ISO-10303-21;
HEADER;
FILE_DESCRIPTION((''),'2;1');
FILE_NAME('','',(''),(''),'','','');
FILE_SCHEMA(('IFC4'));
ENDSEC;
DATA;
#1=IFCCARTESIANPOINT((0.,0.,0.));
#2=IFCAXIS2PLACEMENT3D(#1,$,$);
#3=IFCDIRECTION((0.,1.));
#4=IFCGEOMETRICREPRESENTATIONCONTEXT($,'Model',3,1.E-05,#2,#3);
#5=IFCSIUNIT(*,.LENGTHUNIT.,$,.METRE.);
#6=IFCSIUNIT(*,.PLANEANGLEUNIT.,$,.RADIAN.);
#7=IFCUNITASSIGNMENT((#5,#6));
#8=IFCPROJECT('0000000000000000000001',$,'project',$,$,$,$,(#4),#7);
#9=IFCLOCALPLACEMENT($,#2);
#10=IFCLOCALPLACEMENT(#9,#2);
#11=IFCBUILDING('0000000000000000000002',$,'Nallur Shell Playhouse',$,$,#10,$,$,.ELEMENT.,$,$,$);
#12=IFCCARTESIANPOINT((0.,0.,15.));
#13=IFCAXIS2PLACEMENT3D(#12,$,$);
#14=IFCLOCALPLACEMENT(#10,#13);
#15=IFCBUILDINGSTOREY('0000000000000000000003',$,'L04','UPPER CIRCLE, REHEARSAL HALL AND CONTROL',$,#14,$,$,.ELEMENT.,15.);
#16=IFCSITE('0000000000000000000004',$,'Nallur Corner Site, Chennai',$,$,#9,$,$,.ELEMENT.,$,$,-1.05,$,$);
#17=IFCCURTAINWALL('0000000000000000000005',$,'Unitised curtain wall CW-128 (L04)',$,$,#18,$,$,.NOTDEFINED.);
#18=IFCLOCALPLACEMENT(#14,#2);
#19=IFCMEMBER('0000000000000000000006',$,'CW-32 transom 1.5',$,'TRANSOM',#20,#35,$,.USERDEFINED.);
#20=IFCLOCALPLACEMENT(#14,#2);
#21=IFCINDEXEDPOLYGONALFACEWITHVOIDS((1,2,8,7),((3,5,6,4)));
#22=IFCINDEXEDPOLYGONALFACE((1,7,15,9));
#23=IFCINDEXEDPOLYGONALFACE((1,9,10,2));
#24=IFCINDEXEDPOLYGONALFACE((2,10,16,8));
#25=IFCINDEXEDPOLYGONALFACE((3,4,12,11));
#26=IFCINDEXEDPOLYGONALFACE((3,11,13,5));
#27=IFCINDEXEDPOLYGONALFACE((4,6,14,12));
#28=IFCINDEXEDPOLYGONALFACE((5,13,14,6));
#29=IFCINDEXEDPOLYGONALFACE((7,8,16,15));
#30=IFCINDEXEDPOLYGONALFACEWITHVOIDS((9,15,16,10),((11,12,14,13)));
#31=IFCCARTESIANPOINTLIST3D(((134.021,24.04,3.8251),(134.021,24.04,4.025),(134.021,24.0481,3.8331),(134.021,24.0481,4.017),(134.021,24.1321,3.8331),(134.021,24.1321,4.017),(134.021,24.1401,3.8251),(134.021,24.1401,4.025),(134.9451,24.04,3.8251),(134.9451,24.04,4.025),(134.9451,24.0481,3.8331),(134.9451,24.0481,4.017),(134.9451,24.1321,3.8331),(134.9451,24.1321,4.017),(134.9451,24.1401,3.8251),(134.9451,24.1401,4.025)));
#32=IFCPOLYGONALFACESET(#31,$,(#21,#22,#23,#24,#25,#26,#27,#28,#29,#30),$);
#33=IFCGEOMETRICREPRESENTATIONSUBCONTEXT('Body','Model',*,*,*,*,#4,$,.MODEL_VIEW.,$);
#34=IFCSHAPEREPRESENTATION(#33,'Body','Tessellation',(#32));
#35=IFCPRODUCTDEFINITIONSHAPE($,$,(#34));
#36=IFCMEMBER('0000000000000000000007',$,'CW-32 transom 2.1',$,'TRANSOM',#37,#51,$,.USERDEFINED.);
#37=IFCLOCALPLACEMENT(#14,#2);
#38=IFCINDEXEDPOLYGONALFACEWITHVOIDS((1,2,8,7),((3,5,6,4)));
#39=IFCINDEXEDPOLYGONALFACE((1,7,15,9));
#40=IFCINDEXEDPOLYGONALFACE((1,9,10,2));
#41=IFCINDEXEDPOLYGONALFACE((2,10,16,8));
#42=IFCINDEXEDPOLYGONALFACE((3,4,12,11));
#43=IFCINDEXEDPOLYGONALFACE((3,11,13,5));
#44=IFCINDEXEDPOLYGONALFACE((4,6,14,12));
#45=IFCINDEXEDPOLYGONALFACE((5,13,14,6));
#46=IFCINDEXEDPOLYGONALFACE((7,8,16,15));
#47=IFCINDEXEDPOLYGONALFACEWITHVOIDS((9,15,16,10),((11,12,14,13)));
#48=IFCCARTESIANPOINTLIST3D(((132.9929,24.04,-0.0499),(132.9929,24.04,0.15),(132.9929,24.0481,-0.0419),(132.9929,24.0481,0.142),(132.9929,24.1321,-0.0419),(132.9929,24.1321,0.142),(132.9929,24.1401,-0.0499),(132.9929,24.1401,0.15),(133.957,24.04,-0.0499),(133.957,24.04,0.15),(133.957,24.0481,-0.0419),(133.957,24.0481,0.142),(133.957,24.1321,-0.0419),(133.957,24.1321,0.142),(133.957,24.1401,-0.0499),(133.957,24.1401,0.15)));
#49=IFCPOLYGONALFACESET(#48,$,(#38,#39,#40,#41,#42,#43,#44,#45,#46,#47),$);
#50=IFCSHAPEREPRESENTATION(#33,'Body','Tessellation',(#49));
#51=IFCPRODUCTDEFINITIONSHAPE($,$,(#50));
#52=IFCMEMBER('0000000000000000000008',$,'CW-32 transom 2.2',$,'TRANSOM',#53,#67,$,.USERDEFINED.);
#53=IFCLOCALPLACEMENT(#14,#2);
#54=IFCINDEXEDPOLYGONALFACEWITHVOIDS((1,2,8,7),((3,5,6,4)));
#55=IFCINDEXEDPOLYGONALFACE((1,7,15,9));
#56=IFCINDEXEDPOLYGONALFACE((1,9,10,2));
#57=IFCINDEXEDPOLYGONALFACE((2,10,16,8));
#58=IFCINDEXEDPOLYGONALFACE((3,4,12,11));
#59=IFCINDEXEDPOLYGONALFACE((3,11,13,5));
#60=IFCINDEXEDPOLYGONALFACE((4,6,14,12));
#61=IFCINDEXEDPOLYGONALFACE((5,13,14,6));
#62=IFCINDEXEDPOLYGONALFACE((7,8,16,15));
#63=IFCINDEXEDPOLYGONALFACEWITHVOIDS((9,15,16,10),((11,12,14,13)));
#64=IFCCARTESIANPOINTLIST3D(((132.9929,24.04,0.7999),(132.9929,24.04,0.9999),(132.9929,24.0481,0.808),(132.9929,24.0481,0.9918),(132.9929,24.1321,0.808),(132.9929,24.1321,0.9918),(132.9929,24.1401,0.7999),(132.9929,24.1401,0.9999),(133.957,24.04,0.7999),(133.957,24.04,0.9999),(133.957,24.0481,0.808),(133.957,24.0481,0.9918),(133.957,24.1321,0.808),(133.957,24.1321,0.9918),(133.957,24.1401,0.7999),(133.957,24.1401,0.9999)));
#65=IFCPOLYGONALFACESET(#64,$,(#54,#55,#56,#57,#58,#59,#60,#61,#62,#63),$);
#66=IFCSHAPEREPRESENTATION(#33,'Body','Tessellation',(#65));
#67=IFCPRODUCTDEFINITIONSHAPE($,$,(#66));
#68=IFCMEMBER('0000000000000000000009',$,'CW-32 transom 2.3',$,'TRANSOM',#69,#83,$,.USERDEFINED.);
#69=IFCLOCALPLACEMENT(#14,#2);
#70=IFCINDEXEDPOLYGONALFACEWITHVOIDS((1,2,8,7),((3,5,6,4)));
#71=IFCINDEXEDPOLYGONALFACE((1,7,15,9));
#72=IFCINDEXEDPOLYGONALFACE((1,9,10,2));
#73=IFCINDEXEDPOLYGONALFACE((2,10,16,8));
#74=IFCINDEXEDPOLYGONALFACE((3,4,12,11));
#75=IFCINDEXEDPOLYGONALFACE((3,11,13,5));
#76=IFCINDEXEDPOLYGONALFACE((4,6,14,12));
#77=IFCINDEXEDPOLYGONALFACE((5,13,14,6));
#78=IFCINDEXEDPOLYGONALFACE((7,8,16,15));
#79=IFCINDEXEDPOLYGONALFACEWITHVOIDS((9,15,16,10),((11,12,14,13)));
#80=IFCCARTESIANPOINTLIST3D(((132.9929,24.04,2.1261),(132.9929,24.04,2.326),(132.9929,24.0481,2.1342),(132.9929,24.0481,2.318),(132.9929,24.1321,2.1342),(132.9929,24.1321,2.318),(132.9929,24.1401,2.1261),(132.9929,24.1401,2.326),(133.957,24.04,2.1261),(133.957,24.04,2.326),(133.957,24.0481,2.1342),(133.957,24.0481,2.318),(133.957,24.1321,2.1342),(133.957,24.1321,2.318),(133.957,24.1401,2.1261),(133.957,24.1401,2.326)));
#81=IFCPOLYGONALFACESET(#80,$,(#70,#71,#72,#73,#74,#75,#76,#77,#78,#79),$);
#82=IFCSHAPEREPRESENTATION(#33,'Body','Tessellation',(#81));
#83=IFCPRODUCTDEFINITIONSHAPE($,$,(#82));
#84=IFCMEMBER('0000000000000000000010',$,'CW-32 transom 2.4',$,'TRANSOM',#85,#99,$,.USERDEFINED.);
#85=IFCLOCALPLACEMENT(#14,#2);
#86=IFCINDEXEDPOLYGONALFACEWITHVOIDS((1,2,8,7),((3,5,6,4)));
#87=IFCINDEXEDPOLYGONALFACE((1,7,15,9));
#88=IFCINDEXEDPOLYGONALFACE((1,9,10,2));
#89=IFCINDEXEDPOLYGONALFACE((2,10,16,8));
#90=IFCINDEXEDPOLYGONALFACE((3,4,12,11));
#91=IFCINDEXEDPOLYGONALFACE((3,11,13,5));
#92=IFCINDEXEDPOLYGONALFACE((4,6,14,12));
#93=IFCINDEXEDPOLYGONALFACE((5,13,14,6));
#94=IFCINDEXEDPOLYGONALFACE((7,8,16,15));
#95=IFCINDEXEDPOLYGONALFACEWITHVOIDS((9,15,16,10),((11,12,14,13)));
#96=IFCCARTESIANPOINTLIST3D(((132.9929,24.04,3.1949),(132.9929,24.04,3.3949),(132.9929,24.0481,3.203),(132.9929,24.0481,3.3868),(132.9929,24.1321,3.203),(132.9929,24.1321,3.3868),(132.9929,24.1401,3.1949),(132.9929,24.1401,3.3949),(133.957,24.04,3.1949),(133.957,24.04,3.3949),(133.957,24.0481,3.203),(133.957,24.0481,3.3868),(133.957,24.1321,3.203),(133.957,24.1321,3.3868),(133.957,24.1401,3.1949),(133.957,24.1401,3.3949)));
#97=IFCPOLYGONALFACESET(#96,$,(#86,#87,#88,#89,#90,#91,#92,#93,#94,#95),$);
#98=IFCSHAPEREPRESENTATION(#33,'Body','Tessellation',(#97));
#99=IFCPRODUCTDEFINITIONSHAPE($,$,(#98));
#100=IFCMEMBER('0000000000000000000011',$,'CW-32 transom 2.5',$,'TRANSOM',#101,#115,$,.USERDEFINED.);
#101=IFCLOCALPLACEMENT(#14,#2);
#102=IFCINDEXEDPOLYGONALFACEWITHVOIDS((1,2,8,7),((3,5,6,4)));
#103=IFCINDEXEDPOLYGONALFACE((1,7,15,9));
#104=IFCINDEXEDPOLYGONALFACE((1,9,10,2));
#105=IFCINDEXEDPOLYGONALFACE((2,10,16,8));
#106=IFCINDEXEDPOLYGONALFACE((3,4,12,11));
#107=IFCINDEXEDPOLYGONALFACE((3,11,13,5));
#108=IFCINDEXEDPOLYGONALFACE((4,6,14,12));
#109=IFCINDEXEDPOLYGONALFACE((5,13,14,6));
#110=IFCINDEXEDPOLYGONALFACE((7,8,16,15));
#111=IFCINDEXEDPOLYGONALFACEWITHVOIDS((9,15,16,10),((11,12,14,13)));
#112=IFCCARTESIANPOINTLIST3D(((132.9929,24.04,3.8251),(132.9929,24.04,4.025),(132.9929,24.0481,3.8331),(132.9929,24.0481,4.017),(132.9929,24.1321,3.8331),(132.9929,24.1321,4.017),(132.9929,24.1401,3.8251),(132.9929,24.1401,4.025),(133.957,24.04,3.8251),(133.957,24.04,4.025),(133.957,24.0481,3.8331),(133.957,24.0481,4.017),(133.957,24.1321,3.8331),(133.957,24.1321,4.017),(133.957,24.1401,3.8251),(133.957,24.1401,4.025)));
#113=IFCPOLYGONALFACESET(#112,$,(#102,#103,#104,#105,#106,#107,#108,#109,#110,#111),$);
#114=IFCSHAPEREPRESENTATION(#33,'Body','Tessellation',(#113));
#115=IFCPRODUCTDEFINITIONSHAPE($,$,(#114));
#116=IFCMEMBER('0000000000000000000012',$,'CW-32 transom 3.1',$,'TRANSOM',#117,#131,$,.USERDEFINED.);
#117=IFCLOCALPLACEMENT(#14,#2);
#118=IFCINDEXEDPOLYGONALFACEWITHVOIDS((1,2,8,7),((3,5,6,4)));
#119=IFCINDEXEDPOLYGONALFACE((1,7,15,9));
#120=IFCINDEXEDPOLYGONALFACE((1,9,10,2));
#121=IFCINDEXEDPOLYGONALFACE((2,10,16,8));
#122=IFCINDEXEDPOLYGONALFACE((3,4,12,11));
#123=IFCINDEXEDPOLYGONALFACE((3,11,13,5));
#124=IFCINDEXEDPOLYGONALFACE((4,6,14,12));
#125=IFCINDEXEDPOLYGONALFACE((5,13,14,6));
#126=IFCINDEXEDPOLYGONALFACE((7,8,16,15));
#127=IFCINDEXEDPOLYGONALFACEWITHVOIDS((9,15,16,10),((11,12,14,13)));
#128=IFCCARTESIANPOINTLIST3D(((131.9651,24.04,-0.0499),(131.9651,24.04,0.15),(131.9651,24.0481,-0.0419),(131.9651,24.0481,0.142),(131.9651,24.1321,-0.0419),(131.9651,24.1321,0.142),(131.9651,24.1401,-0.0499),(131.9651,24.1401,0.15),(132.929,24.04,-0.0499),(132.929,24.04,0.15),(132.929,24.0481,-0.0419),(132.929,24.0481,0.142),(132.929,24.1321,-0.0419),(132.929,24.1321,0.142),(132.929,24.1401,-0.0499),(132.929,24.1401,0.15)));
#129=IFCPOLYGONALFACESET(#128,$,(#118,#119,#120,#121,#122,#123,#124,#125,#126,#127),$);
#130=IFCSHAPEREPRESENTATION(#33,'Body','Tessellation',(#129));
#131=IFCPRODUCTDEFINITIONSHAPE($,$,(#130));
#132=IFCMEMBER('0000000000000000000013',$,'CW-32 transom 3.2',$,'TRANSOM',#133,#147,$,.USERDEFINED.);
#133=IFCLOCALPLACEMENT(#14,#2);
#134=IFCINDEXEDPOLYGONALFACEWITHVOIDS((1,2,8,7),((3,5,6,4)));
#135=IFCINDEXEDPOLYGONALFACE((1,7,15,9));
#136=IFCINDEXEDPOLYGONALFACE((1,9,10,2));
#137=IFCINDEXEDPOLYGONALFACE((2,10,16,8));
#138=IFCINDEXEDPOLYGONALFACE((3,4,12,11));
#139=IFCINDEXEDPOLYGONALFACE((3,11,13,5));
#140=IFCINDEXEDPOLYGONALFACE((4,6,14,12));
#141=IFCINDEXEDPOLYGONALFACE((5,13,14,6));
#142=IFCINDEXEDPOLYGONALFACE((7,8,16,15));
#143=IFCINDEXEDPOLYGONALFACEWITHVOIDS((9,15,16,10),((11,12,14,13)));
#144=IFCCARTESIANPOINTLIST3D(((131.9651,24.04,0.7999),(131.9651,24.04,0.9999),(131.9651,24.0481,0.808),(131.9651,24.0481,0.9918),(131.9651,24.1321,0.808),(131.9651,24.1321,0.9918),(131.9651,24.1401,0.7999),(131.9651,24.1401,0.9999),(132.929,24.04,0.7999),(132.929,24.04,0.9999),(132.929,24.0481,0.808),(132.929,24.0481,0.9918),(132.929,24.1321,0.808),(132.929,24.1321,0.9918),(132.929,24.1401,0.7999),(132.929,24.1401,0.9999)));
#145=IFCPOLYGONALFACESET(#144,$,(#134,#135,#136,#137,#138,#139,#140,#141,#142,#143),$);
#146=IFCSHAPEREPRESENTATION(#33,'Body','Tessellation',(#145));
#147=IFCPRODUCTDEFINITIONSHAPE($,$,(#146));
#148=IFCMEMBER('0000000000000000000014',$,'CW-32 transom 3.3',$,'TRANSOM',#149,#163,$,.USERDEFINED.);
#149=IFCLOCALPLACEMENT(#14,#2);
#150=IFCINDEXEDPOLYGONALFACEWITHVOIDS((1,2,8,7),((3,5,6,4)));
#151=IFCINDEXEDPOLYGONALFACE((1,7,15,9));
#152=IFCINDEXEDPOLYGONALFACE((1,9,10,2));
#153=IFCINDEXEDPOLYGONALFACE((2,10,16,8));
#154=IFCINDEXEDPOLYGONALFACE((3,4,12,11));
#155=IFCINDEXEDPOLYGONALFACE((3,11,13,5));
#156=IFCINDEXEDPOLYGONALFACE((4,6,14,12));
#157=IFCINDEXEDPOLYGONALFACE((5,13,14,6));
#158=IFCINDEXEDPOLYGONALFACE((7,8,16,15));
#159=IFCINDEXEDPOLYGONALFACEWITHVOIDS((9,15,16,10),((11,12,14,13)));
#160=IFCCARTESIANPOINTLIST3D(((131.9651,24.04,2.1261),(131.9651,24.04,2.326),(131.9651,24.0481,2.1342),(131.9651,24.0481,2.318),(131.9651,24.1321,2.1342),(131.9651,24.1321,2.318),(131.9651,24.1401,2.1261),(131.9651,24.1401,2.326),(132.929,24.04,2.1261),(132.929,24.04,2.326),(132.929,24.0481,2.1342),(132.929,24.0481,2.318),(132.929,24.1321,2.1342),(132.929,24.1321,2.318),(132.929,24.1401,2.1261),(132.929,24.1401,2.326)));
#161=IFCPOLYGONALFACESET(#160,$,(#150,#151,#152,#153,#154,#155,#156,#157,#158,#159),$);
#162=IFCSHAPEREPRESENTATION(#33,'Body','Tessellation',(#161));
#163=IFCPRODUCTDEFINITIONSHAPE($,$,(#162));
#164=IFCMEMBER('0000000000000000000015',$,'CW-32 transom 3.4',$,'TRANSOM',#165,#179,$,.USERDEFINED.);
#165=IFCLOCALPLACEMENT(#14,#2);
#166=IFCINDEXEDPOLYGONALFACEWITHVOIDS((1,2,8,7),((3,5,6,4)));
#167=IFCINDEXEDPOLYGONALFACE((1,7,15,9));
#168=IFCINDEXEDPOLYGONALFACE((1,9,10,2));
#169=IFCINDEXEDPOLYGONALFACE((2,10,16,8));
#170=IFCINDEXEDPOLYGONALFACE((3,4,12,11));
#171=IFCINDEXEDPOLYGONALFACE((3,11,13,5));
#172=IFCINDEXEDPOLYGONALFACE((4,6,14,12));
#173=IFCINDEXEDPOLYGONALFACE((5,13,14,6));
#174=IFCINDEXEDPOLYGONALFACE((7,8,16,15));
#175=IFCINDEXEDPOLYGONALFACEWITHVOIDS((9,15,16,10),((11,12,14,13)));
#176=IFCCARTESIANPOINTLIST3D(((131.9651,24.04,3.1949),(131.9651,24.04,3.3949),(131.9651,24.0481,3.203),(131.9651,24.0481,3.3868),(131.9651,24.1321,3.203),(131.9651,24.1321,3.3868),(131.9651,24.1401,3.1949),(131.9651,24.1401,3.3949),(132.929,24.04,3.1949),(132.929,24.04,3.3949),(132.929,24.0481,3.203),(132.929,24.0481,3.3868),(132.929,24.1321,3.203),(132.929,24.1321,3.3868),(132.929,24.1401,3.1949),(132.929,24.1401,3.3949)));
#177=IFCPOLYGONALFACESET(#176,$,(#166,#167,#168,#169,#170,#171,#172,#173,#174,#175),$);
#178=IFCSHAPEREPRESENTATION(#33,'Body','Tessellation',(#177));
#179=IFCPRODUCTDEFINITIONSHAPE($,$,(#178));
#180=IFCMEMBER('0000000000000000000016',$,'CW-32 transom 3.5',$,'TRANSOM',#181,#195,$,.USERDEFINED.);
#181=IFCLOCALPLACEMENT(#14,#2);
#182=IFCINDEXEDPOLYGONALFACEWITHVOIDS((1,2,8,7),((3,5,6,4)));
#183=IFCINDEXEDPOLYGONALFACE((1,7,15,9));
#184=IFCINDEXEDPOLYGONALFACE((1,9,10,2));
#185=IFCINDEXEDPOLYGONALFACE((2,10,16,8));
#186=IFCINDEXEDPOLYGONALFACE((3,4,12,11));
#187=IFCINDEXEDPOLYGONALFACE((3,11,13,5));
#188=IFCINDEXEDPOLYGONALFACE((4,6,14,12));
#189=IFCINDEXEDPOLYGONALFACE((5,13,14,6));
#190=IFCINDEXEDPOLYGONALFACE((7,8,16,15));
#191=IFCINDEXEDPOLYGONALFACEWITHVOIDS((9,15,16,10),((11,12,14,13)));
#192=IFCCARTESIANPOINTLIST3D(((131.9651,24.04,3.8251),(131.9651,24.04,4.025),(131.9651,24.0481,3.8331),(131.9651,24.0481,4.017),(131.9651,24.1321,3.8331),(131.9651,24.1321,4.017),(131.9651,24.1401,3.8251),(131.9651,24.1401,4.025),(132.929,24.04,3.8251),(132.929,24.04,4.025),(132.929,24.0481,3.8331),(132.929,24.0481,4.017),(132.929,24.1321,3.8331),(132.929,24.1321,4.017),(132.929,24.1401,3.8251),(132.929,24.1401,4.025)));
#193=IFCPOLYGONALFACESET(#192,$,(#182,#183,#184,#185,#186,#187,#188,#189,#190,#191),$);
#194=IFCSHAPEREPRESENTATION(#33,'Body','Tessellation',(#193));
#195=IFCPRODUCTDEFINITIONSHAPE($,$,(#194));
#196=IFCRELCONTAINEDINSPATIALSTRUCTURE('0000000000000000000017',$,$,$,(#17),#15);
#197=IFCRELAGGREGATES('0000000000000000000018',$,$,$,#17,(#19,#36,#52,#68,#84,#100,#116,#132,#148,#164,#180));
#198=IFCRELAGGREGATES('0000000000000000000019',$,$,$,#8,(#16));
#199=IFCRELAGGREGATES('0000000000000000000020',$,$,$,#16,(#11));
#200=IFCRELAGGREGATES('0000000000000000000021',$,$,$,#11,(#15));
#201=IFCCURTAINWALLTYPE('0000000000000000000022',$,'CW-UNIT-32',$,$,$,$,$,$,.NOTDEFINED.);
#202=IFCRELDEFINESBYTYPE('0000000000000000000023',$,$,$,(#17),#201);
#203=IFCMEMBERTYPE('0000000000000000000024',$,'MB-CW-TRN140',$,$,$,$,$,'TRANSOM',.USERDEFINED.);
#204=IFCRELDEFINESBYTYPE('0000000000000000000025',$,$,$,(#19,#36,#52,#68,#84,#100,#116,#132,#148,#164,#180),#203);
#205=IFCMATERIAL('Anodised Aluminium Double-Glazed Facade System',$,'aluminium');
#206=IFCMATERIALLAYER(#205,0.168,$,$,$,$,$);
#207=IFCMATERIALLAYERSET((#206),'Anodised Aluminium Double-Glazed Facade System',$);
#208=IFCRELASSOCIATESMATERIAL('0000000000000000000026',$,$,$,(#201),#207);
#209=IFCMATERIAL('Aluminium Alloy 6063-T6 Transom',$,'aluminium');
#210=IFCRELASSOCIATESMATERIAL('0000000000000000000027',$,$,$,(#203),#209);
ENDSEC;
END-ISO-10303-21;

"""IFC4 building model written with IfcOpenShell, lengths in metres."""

from ifc_helpers import new_model, si_unit, direction, frame, origin, origin_2d, place, context, subcontext, project, spatial, hollow_rectangle, extrude, material, layer, layer_set, material_profile, profile_set, type_object, element, aggregate, save


model = new_model("IFC4")

# Units and contexts
model_context = context("Model", 3, precision=1e-05, world=origin(), true_north=direction((0.0, 1.0)))
body_context = subcontext(model_context, "Body", "Model", "MODEL_VIEW")
ifc_project = project(units=[si_unit("LENGTHUNIT", "METRE"), si_unit("PLANEANGLEUNIT", "RADIAN")], contexts=[model_context])

# Site, building, storey
site_placement = place(None, origin())
site = spatial("IfcSite", under=ifc_project, at=site_placement, Name="Nallur Corner Site, Chennai", CompositionType="ELEMENT", RefElevation=-1.05)
building_placement = place(site_placement, origin())
building = spatial("IfcBuilding", under=site, at=building_placement, Name="Nallur Shell Playhouse", CompositionType="ELEMENT")
storey_placement = place(building_placement, frame((0.0, 0.0, 15.0)))
storey = spatial("IfcBuildingStorey", under=building, at=storey_placement, Name="L04", Description="UPPER CIRCLE, REHEARSAL HALL AND CONTROL", CompositionType="ELEMENT", Elevation=15.0)

# Curtain wall, members
ifc_material_1 = material(Name="Anodised Aluminium Double-Glazed Facade System", Category="aluminium")
ifc_layer_1 = layer(ifc_material_1, 0.168)
ifc_layer_set_1 = layer_set([ifc_layer_1], Name="Anodised Aluminium Double-Glazed Facade System")
curtain_wall_type = type_object("IfcCurtainWallType", Name="CW-UNIT-32", PredefinedType="NOTDEFINED", material=ifc_layer_set_1)
curtain_wall_placement = place(storey_placement, origin())
curtain_wall = element("IfcCurtainWall", 1, at=curtain_wall_placement, inside=storey, type_object=curtain_wall_type, Name="Unitised curtain wall CW-128 (L04)", PredefinedType="NOTDEFINED")
ifc_material_2 = material(Name="Aluminium Alloy 6063-T6 Transom", Category="aluminium")
ifc_material_profile_1 = material_profile(ifc_material_2, hollow_rectangle(XDim=0.1001, YDim=0.2, WallThickness=0.0081, at=origin_2d()), Name="RHS 200x100x8")
ifc_profile_set_1 = profile_set([ifc_material_profile_1], Name="Aluminium Alloy 6063-T6 Transom")
member_type_1 = type_object("IfcMemberType", Name="MB-CW-TRN140", ElementType="TRANSOM", PredefinedType="USERDEFINED", material=ifc_profile_set_1)
member_1_placement = place(storey_placement, frame((134.9451, 24.0901, 3.925), z_axis=(-1.0, 0.0, 0.0), x_axis=(0.0, -1.0, 0.0)))
member_1 = element("IfcMember", 2, at=member_1_placement, type_object=member_type_1, Name="CW-32 transom 1.5", ObjectType="TRANSOM", PredefinedType="USERDEFINED", context=body_context, shape_type="SweptSolid", body=[
    extrude(hollow_rectangle(XDim=0.1001, YDim=0.2, WallThickness=0.0081, at=origin_2d()), origin(), (0.0, 0.0, 1.0), 0.9241),
])
member_2_placement = place(storey_placement, frame((133.957, 24.0901, 0.05), z_axis=(-1.0, 0.0, 0.0), x_axis=(0.0, -1.0, 0.0)))
member_2 = element("IfcMember", 3, at=member_2_placement, type_object=member_type_1, Name="CW-32 transom 2.1", ObjectType="TRANSOM", PredefinedType="USERDEFINED", context=body_context, shape_type="SweptSolid", body=[
    extrude(hollow_rectangle(XDim=0.1001, YDim=0.2, WallThickness=0.0081, at=origin_2d()), origin(), (0.0, 0.0, 1.0), 0.9641),
])
member_3_placement = place(storey_placement, frame((133.957, 24.0901, 0.8999), z_axis=(-1.0, 0.0, 0.0), x_axis=(0.0, -1.0, 0.0)))
member_3 = element("IfcMember", 4, at=member_3_placement, type_object=member_type_1, Name="CW-32 transom 2.2", ObjectType="TRANSOM", PredefinedType="USERDEFINED", context=body_context, shape_type="SweptSolid", body=[
    extrude(hollow_rectangle(XDim=0.1001, YDim=0.2, WallThickness=0.0081, at=origin_2d()), origin(), (0.0, 0.0, 1.0), 0.9641),
])
member_4_placement = place(storey_placement, frame((133.957, 24.0901, 2.2261), z_axis=(-1.0, 0.0, 0.0), x_axis=(0.0, -1.0, 0.0)))
member_4 = element("IfcMember", 5, at=member_4_placement, type_object=member_type_1, Name="CW-32 transom 2.3", ObjectType="TRANSOM", PredefinedType="USERDEFINED", context=body_context, shape_type="SweptSolid", body=[
    extrude(hollow_rectangle(XDim=0.1001, YDim=0.2, WallThickness=0.0081, at=origin_2d()), origin(), (0.0, 0.0, 1.0), 0.9641),
])
member_5_placement = place(storey_placement, frame((133.957, 24.0901, 3.2949), z_axis=(-1.0, 0.0, 0.0), x_axis=(0.0, -1.0, 0.0)))
member_5 = element("IfcMember", 6, at=member_5_placement, type_object=member_type_1, Name="CW-32 transom 2.4", ObjectType="TRANSOM", PredefinedType="USERDEFINED", context=body_context, shape_type="SweptSolid", body=[
    extrude(hollow_rectangle(XDim=0.1001, YDim=0.2, WallThickness=0.0081, at=origin_2d()), origin(), (0.0, 0.0, 1.0), 0.9641),
])
member_6_placement = place(storey_placement, frame((133.957, 24.0901, 3.925), z_axis=(-1.0, 0.0, 0.0), x_axis=(0.0, -1.0, 0.0)))
member_6 = element("IfcMember", 7, at=member_6_placement, type_object=member_type_1, Name="CW-32 transom 2.5", ObjectType="TRANSOM", PredefinedType="USERDEFINED", context=body_context, shape_type="SweptSolid", body=[
    extrude(hollow_rectangle(XDim=0.1001, YDim=0.2, WallThickness=0.0081, at=origin_2d()), origin(), (0.0, 0.0, 1.0), 0.9641),
])
member_7_placement = place(storey_placement, frame((132.929, 24.0901, 0.05), z_axis=(-1.0, 0.0, 0.0), x_axis=(0.0, -1.0, 0.0)))
member_7 = element("IfcMember", 8, at=member_7_placement, type_object=member_type_1, Name="CW-32 transom 3.1", ObjectType="TRANSOM", PredefinedType="USERDEFINED", context=body_context, shape_type="SweptSolid", body=[
    extrude(hollow_rectangle(XDim=0.1001, YDim=0.2, WallThickness=0.0081, at=origin_2d()), origin(), (0.0, 0.0, 1.0), 0.9639),
])
member_8_placement = place(storey_placement, frame((132.929, 24.0901, 0.8999), z_axis=(-1.0, 0.0, 0.0), x_axis=(0.0, -1.0, 0.0)))
member_8 = element("IfcMember", 9, at=member_8_placement, type_object=member_type_1, Name="CW-32 transom 3.2", ObjectType="TRANSOM", PredefinedType="USERDEFINED", context=body_context, shape_type="SweptSolid", body=[
    extrude(hollow_rectangle(XDim=0.1001, YDim=0.2, WallThickness=0.0081, at=origin_2d()), origin(), (0.0, 0.0, 1.0), 0.9639),
])
member_9_placement = place(storey_placement, frame((132.929, 24.0901, 2.2261), z_axis=(-1.0, 0.0, 0.0), x_axis=(0.0, -1.0, 0.0)))
member_9 = element("IfcMember", 10, at=member_9_placement, type_object=member_type_1, Name="CW-32 transom 3.3", ObjectType="TRANSOM", PredefinedType="USERDEFINED", context=body_context, shape_type="SweptSolid", body=[
    extrude(hollow_rectangle(XDim=0.1001, YDim=0.2, WallThickness=0.0081, at=origin_2d()), origin(), (0.0, 0.0, 1.0), 0.9639),
])
member_10_placement = place(storey_placement, frame((132.929, 24.0901, 3.2949), z_axis=(-1.0, 0.0, 0.0), x_axis=(0.0, -1.0, 0.0)))
member_10 = element("IfcMember", 11, at=member_10_placement, type_object=member_type_1, Name="CW-32 transom 3.4", ObjectType="TRANSOM", PredefinedType="USERDEFINED", context=body_context, shape_type="SweptSolid", body=[
    extrude(hollow_rectangle(XDim=0.1001, YDim=0.2, WallThickness=0.0081, at=origin_2d()), origin(), (0.0, 0.0, 1.0), 0.9639),
])
member_11_placement = place(storey_placement, frame((132.929, 24.0901, 3.925), z_axis=(-1.0, 0.0, 0.0), x_axis=(0.0, -1.0, 0.0)))
member_11 = element("IfcMember", 12, at=member_11_placement, type_object=member_type_1, Name="CW-32 transom 3.5", ObjectType="TRANSOM", PredefinedType="USERDEFINED", context=body_context, shape_type="SweptSolid", body=[
    extrude(hollow_rectangle(XDim=0.1001, YDim=0.2, WallThickness=0.0081, at=origin_2d()), origin(), (0.0, 0.0, 1.0), 0.9639),
])
aggregate(curtain_wall, [member_1, member_2, member_3, member_4, member_5, member_6, member_7, member_8, member_9, member_10, member_11])

save(model, "model.ifc")
